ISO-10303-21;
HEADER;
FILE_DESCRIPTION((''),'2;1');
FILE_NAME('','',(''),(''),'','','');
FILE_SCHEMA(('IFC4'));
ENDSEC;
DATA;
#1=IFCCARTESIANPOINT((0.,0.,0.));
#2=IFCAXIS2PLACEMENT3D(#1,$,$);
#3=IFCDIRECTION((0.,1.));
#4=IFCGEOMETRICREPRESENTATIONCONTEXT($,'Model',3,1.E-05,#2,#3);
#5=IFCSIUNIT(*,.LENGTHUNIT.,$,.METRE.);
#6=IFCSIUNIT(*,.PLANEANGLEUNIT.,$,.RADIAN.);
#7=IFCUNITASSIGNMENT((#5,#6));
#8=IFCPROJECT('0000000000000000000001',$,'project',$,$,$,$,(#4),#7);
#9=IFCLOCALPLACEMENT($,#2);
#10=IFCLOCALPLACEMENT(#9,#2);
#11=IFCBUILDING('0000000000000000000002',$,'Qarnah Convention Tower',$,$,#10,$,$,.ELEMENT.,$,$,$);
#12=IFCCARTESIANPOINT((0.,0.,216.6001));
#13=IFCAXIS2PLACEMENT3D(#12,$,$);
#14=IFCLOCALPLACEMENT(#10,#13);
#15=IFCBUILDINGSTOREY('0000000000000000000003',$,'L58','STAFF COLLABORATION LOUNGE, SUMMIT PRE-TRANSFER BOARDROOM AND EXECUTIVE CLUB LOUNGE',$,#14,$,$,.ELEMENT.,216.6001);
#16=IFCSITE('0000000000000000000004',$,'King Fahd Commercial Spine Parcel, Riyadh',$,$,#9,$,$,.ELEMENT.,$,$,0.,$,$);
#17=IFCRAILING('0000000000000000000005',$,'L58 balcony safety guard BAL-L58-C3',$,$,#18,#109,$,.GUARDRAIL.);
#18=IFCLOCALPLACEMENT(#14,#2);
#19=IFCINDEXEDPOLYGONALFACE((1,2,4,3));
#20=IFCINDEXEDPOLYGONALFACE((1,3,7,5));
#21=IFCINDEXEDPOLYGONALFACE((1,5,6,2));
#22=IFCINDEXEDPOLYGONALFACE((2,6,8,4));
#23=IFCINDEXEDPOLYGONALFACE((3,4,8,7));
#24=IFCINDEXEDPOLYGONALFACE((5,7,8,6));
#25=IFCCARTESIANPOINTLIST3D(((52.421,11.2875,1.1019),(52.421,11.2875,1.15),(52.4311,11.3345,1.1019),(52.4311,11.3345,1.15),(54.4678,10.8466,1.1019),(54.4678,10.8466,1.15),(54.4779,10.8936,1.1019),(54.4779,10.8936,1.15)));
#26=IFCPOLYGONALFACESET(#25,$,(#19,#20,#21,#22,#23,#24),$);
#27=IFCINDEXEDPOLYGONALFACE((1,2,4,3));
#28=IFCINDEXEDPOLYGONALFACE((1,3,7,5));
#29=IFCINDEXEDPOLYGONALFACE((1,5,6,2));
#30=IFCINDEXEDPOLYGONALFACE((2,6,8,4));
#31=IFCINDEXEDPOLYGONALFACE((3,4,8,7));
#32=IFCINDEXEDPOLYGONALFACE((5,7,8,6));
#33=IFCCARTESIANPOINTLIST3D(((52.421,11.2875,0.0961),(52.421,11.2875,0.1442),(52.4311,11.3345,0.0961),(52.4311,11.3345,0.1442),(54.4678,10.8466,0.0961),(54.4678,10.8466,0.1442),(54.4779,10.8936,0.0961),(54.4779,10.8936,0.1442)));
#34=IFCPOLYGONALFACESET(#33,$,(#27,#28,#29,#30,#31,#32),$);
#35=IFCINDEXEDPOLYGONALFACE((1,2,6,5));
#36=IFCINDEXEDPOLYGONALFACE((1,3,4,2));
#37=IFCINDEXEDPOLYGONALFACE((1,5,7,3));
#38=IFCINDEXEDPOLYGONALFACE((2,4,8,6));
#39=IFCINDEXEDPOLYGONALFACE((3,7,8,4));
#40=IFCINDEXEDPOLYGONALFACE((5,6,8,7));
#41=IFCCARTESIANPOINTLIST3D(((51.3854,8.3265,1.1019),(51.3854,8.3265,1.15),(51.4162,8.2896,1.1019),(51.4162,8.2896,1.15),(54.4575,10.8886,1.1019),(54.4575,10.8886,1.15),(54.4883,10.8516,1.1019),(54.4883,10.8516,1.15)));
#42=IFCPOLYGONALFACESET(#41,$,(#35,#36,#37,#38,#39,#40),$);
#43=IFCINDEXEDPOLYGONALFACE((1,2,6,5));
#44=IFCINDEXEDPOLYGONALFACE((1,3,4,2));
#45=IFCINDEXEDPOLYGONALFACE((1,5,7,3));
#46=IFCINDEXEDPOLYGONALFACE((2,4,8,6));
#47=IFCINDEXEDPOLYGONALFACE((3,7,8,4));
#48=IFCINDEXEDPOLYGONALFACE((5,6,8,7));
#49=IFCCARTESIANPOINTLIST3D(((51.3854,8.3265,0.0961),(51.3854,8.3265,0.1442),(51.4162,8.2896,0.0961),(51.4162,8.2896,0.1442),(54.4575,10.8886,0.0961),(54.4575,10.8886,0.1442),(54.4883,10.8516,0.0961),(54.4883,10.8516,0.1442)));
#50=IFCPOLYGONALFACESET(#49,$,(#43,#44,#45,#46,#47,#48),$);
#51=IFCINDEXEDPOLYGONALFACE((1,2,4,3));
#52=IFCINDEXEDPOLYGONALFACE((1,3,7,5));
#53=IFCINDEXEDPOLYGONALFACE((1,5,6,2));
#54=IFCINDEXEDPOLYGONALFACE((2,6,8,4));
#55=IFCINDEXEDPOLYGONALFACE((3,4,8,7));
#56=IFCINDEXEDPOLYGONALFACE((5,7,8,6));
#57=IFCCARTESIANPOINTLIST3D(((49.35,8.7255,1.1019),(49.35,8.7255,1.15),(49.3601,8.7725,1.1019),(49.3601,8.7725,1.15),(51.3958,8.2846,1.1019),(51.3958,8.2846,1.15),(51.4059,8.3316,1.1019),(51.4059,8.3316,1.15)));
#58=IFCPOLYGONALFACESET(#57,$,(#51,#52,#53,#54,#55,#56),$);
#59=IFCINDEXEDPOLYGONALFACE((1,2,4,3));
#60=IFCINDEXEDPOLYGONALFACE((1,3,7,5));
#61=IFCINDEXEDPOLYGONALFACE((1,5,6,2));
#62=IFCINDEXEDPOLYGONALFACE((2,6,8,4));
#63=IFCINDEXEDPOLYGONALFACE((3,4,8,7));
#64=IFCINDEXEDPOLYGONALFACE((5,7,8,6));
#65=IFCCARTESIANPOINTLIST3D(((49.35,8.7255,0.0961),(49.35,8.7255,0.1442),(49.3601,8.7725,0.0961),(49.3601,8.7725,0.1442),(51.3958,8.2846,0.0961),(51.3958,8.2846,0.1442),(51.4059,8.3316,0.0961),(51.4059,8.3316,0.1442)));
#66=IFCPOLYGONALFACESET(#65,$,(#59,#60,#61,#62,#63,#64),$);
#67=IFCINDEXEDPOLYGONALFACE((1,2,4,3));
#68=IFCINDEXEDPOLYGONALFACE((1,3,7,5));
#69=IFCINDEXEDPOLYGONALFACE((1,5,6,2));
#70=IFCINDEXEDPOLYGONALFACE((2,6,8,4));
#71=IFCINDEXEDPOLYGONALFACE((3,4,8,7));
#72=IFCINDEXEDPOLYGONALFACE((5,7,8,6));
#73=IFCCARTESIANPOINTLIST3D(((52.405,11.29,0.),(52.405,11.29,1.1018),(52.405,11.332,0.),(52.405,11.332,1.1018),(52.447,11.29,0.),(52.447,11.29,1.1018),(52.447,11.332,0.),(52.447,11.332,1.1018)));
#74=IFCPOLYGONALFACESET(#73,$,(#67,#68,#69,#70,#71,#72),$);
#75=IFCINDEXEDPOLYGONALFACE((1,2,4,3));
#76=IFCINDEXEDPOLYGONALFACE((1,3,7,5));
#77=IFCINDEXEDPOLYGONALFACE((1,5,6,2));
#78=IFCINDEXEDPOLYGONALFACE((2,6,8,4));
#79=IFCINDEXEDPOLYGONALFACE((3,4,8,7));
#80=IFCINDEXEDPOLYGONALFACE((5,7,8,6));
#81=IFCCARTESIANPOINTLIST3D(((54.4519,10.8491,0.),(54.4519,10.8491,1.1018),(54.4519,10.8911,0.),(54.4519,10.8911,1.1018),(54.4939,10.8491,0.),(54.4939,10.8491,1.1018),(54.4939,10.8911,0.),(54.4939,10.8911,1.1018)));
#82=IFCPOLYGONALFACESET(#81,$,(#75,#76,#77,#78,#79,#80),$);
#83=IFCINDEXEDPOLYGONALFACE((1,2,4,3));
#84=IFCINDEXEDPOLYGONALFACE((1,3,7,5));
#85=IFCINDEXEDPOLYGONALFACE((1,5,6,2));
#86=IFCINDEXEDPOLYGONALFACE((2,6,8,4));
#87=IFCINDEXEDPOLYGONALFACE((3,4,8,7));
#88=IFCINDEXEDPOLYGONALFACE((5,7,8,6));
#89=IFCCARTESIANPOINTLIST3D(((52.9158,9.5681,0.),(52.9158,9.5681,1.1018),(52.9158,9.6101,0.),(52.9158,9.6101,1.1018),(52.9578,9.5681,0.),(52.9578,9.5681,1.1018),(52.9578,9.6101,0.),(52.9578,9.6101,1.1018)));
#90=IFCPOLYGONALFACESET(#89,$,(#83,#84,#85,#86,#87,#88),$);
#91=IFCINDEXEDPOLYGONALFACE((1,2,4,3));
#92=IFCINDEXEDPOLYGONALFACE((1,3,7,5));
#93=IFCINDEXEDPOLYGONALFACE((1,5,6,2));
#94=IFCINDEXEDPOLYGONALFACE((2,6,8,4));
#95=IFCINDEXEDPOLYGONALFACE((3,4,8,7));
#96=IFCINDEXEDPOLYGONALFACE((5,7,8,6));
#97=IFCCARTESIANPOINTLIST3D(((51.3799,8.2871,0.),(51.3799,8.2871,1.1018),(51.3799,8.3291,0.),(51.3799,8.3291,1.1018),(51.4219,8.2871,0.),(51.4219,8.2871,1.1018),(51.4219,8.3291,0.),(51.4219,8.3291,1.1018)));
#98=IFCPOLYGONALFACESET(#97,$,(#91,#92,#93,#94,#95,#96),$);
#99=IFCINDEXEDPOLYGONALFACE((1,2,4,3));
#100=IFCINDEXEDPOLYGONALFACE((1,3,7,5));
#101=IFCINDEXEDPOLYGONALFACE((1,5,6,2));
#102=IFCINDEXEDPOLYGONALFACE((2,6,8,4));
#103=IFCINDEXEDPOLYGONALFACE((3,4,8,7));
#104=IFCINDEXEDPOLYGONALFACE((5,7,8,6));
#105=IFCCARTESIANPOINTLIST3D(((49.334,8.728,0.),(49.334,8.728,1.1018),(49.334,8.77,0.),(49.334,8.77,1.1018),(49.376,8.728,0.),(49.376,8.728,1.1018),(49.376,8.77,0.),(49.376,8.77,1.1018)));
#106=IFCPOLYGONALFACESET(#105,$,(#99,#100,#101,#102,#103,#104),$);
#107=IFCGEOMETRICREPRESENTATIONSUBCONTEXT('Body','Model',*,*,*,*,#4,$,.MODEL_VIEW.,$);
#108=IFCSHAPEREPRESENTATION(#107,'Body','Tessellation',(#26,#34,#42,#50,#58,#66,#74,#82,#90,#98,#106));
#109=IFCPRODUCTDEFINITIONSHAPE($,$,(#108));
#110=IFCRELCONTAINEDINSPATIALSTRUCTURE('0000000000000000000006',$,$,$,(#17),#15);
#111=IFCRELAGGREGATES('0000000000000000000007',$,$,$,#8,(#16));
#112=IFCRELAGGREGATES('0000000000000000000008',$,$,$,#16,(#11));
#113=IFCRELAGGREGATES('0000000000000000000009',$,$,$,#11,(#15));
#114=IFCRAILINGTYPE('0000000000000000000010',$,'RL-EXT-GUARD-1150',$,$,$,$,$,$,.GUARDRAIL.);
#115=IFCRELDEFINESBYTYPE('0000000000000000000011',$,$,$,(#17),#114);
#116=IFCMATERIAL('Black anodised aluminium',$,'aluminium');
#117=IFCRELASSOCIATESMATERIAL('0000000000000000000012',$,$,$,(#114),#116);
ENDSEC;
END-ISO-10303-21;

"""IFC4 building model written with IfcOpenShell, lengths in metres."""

from ifc_helpers import new_model, si_unit, direction, frame, origin, origin_2d, place, context, subcontext, project, spatial, rectangle, extrude, material, type_object, element, save


model = new_model("IFC4")

# Units and contexts
model_context = context("Model", 3, precision=1e-05, world=origin(), true_north=direction((0.0, 1.0)))
body_context = subcontext(model_context, "Body", "Model", "MODEL_VIEW")
ifc_project = project(units=[si_unit("LENGTHUNIT", "METRE"), si_unit("PLANEANGLEUNIT", "RADIAN")], contexts=[model_context])

# Site, building, storey
site_placement = place(None, origin())
site = spatial("IfcSite", under=ifc_project, at=site_placement, Name="King Fahd Commercial Spine Parcel, Riyadh", CompositionType="ELEMENT", RefElevation=0.0)
building_placement = place(site_placement, origin())
building = spatial("IfcBuilding", under=site, at=building_placement, Name="Qarnah Convention Tower", CompositionType="ELEMENT")
storey_placement = place(building_placement, frame((0.0, 0.0, 216.6001)))
storey = spatial("IfcBuildingStorey", under=building, at=storey_placement, Name="L58", Description="STAFF COLLABORATION LOUNGE, SUMMIT PRE-TRANSFER BOARDROOM AND EXECUTIVE CLUB LOUNGE", CompositionType="ELEMENT", Elevation=216.6001)

# Shared definitions
ifc_material_1 = material(Name="Black anodised aluminium", Category="aluminium")

# Railing
railing_type = type_object("IfcRailingType", Name="RL-EXT-GUARD-1150", PredefinedType="GUARDRAIL", material=ifc_material_1)
railing_1_placement = place(storey_placement, frame((52.426, 11.311, 0.0)))
element("IfcRailing", 1, at=railing_1_placement, inside=storey, type_object=railing_type, Name="L58 balcony safety guard BAL-L58-C3", PredefinedType="GUARDRAIL", context=body_context, shape_type="SweptSolid", body=[
    extrude(rectangle(XDim=0.0481, YDim=0.0481, at=origin_2d()), frame((0.0, 0.0, 1.126), z_axis=(0.977577, -0.21058, 0.0), x_axis=(0.21058, 0.977577, 0.0)), (0.0, 0.0, 1.0), 2.0938),
    extrude(rectangle(XDim=0.0481, YDim=0.0481, at=origin_2d()), frame((0.0, 0.0, 0.1201), z_axis=(0.977577, -0.21058, 0.0), x_axis=(0.21058, 0.977577, 0.0)), (0.0, 0.0, 1.0), 2.0938),
    extrude(rectangle(XDim=0.0481, YDim=0.0481, at=origin_2d()), frame((2.0469, -0.4409, 1.126), z_axis=(-0.767976, -0.640479, 0.0), x_axis=(0.640479, -0.767976, 0.0)), (0.0, 0.0, 1.0), 4.0002),
    extrude(rectangle(XDim=0.0481, YDim=0.0481, at=origin_2d()), frame((2.0469, -0.4409, 0.1201), z_axis=(-0.767976, -0.640479, 0.0), x_axis=(0.640479, -0.767976, 0.0)), (0.0, 0.0, 1.0), 4.0002),
    extrude(rectangle(XDim=0.0481, YDim=0.0481, at=origin_2d()), frame((-1.0251, -3.0029, 1.126), z_axis=(-0.977556, 0.210676, 0.0), x_axis=(-0.210676, -0.977556, 0.0)), (0.0, 0.0, 1.0), 2.0928),
    extrude(rectangle(XDim=0.0481, YDim=0.0481, at=origin_2d()), frame((-1.0251, -3.0029, 0.1201), z_axis=(-0.977556, 0.210676, 0.0), x_axis=(-0.210676, -0.977556, 0.0)), (0.0, 0.0, 1.0), 2.0928),
    extrude(rectangle(XDim=0.042, YDim=0.042, at=origin_2d()), origin(), (0.0, 0.0, 1.0), 1.1018),
    extrude(rectangle(XDim=0.042, YDim=0.042, at=origin_2d()), frame((2.0469, -0.4409, 0.0)), (0.0, 0.0, 1.0), 1.1018),
    extrude(rectangle(XDim=0.042, YDim=0.042, at=origin_2d()), frame((0.5107, -1.7219, 0.0)), (0.0, 0.0, 1.0), 1.1018),
    extrude(rectangle(XDim=0.042, YDim=0.042, at=origin_2d()), frame((-1.0251, -3.0029, 0.0)), (0.0, 0.0, 1.0), 1.1018),
    extrude(rectangle(XDim=0.042, YDim=0.042, at=origin_2d()), frame((-3.071, -2.562, 0.0)), (0.0, 0.0, 1.0), 1.1018),
])

save(model, "model.ifc")
